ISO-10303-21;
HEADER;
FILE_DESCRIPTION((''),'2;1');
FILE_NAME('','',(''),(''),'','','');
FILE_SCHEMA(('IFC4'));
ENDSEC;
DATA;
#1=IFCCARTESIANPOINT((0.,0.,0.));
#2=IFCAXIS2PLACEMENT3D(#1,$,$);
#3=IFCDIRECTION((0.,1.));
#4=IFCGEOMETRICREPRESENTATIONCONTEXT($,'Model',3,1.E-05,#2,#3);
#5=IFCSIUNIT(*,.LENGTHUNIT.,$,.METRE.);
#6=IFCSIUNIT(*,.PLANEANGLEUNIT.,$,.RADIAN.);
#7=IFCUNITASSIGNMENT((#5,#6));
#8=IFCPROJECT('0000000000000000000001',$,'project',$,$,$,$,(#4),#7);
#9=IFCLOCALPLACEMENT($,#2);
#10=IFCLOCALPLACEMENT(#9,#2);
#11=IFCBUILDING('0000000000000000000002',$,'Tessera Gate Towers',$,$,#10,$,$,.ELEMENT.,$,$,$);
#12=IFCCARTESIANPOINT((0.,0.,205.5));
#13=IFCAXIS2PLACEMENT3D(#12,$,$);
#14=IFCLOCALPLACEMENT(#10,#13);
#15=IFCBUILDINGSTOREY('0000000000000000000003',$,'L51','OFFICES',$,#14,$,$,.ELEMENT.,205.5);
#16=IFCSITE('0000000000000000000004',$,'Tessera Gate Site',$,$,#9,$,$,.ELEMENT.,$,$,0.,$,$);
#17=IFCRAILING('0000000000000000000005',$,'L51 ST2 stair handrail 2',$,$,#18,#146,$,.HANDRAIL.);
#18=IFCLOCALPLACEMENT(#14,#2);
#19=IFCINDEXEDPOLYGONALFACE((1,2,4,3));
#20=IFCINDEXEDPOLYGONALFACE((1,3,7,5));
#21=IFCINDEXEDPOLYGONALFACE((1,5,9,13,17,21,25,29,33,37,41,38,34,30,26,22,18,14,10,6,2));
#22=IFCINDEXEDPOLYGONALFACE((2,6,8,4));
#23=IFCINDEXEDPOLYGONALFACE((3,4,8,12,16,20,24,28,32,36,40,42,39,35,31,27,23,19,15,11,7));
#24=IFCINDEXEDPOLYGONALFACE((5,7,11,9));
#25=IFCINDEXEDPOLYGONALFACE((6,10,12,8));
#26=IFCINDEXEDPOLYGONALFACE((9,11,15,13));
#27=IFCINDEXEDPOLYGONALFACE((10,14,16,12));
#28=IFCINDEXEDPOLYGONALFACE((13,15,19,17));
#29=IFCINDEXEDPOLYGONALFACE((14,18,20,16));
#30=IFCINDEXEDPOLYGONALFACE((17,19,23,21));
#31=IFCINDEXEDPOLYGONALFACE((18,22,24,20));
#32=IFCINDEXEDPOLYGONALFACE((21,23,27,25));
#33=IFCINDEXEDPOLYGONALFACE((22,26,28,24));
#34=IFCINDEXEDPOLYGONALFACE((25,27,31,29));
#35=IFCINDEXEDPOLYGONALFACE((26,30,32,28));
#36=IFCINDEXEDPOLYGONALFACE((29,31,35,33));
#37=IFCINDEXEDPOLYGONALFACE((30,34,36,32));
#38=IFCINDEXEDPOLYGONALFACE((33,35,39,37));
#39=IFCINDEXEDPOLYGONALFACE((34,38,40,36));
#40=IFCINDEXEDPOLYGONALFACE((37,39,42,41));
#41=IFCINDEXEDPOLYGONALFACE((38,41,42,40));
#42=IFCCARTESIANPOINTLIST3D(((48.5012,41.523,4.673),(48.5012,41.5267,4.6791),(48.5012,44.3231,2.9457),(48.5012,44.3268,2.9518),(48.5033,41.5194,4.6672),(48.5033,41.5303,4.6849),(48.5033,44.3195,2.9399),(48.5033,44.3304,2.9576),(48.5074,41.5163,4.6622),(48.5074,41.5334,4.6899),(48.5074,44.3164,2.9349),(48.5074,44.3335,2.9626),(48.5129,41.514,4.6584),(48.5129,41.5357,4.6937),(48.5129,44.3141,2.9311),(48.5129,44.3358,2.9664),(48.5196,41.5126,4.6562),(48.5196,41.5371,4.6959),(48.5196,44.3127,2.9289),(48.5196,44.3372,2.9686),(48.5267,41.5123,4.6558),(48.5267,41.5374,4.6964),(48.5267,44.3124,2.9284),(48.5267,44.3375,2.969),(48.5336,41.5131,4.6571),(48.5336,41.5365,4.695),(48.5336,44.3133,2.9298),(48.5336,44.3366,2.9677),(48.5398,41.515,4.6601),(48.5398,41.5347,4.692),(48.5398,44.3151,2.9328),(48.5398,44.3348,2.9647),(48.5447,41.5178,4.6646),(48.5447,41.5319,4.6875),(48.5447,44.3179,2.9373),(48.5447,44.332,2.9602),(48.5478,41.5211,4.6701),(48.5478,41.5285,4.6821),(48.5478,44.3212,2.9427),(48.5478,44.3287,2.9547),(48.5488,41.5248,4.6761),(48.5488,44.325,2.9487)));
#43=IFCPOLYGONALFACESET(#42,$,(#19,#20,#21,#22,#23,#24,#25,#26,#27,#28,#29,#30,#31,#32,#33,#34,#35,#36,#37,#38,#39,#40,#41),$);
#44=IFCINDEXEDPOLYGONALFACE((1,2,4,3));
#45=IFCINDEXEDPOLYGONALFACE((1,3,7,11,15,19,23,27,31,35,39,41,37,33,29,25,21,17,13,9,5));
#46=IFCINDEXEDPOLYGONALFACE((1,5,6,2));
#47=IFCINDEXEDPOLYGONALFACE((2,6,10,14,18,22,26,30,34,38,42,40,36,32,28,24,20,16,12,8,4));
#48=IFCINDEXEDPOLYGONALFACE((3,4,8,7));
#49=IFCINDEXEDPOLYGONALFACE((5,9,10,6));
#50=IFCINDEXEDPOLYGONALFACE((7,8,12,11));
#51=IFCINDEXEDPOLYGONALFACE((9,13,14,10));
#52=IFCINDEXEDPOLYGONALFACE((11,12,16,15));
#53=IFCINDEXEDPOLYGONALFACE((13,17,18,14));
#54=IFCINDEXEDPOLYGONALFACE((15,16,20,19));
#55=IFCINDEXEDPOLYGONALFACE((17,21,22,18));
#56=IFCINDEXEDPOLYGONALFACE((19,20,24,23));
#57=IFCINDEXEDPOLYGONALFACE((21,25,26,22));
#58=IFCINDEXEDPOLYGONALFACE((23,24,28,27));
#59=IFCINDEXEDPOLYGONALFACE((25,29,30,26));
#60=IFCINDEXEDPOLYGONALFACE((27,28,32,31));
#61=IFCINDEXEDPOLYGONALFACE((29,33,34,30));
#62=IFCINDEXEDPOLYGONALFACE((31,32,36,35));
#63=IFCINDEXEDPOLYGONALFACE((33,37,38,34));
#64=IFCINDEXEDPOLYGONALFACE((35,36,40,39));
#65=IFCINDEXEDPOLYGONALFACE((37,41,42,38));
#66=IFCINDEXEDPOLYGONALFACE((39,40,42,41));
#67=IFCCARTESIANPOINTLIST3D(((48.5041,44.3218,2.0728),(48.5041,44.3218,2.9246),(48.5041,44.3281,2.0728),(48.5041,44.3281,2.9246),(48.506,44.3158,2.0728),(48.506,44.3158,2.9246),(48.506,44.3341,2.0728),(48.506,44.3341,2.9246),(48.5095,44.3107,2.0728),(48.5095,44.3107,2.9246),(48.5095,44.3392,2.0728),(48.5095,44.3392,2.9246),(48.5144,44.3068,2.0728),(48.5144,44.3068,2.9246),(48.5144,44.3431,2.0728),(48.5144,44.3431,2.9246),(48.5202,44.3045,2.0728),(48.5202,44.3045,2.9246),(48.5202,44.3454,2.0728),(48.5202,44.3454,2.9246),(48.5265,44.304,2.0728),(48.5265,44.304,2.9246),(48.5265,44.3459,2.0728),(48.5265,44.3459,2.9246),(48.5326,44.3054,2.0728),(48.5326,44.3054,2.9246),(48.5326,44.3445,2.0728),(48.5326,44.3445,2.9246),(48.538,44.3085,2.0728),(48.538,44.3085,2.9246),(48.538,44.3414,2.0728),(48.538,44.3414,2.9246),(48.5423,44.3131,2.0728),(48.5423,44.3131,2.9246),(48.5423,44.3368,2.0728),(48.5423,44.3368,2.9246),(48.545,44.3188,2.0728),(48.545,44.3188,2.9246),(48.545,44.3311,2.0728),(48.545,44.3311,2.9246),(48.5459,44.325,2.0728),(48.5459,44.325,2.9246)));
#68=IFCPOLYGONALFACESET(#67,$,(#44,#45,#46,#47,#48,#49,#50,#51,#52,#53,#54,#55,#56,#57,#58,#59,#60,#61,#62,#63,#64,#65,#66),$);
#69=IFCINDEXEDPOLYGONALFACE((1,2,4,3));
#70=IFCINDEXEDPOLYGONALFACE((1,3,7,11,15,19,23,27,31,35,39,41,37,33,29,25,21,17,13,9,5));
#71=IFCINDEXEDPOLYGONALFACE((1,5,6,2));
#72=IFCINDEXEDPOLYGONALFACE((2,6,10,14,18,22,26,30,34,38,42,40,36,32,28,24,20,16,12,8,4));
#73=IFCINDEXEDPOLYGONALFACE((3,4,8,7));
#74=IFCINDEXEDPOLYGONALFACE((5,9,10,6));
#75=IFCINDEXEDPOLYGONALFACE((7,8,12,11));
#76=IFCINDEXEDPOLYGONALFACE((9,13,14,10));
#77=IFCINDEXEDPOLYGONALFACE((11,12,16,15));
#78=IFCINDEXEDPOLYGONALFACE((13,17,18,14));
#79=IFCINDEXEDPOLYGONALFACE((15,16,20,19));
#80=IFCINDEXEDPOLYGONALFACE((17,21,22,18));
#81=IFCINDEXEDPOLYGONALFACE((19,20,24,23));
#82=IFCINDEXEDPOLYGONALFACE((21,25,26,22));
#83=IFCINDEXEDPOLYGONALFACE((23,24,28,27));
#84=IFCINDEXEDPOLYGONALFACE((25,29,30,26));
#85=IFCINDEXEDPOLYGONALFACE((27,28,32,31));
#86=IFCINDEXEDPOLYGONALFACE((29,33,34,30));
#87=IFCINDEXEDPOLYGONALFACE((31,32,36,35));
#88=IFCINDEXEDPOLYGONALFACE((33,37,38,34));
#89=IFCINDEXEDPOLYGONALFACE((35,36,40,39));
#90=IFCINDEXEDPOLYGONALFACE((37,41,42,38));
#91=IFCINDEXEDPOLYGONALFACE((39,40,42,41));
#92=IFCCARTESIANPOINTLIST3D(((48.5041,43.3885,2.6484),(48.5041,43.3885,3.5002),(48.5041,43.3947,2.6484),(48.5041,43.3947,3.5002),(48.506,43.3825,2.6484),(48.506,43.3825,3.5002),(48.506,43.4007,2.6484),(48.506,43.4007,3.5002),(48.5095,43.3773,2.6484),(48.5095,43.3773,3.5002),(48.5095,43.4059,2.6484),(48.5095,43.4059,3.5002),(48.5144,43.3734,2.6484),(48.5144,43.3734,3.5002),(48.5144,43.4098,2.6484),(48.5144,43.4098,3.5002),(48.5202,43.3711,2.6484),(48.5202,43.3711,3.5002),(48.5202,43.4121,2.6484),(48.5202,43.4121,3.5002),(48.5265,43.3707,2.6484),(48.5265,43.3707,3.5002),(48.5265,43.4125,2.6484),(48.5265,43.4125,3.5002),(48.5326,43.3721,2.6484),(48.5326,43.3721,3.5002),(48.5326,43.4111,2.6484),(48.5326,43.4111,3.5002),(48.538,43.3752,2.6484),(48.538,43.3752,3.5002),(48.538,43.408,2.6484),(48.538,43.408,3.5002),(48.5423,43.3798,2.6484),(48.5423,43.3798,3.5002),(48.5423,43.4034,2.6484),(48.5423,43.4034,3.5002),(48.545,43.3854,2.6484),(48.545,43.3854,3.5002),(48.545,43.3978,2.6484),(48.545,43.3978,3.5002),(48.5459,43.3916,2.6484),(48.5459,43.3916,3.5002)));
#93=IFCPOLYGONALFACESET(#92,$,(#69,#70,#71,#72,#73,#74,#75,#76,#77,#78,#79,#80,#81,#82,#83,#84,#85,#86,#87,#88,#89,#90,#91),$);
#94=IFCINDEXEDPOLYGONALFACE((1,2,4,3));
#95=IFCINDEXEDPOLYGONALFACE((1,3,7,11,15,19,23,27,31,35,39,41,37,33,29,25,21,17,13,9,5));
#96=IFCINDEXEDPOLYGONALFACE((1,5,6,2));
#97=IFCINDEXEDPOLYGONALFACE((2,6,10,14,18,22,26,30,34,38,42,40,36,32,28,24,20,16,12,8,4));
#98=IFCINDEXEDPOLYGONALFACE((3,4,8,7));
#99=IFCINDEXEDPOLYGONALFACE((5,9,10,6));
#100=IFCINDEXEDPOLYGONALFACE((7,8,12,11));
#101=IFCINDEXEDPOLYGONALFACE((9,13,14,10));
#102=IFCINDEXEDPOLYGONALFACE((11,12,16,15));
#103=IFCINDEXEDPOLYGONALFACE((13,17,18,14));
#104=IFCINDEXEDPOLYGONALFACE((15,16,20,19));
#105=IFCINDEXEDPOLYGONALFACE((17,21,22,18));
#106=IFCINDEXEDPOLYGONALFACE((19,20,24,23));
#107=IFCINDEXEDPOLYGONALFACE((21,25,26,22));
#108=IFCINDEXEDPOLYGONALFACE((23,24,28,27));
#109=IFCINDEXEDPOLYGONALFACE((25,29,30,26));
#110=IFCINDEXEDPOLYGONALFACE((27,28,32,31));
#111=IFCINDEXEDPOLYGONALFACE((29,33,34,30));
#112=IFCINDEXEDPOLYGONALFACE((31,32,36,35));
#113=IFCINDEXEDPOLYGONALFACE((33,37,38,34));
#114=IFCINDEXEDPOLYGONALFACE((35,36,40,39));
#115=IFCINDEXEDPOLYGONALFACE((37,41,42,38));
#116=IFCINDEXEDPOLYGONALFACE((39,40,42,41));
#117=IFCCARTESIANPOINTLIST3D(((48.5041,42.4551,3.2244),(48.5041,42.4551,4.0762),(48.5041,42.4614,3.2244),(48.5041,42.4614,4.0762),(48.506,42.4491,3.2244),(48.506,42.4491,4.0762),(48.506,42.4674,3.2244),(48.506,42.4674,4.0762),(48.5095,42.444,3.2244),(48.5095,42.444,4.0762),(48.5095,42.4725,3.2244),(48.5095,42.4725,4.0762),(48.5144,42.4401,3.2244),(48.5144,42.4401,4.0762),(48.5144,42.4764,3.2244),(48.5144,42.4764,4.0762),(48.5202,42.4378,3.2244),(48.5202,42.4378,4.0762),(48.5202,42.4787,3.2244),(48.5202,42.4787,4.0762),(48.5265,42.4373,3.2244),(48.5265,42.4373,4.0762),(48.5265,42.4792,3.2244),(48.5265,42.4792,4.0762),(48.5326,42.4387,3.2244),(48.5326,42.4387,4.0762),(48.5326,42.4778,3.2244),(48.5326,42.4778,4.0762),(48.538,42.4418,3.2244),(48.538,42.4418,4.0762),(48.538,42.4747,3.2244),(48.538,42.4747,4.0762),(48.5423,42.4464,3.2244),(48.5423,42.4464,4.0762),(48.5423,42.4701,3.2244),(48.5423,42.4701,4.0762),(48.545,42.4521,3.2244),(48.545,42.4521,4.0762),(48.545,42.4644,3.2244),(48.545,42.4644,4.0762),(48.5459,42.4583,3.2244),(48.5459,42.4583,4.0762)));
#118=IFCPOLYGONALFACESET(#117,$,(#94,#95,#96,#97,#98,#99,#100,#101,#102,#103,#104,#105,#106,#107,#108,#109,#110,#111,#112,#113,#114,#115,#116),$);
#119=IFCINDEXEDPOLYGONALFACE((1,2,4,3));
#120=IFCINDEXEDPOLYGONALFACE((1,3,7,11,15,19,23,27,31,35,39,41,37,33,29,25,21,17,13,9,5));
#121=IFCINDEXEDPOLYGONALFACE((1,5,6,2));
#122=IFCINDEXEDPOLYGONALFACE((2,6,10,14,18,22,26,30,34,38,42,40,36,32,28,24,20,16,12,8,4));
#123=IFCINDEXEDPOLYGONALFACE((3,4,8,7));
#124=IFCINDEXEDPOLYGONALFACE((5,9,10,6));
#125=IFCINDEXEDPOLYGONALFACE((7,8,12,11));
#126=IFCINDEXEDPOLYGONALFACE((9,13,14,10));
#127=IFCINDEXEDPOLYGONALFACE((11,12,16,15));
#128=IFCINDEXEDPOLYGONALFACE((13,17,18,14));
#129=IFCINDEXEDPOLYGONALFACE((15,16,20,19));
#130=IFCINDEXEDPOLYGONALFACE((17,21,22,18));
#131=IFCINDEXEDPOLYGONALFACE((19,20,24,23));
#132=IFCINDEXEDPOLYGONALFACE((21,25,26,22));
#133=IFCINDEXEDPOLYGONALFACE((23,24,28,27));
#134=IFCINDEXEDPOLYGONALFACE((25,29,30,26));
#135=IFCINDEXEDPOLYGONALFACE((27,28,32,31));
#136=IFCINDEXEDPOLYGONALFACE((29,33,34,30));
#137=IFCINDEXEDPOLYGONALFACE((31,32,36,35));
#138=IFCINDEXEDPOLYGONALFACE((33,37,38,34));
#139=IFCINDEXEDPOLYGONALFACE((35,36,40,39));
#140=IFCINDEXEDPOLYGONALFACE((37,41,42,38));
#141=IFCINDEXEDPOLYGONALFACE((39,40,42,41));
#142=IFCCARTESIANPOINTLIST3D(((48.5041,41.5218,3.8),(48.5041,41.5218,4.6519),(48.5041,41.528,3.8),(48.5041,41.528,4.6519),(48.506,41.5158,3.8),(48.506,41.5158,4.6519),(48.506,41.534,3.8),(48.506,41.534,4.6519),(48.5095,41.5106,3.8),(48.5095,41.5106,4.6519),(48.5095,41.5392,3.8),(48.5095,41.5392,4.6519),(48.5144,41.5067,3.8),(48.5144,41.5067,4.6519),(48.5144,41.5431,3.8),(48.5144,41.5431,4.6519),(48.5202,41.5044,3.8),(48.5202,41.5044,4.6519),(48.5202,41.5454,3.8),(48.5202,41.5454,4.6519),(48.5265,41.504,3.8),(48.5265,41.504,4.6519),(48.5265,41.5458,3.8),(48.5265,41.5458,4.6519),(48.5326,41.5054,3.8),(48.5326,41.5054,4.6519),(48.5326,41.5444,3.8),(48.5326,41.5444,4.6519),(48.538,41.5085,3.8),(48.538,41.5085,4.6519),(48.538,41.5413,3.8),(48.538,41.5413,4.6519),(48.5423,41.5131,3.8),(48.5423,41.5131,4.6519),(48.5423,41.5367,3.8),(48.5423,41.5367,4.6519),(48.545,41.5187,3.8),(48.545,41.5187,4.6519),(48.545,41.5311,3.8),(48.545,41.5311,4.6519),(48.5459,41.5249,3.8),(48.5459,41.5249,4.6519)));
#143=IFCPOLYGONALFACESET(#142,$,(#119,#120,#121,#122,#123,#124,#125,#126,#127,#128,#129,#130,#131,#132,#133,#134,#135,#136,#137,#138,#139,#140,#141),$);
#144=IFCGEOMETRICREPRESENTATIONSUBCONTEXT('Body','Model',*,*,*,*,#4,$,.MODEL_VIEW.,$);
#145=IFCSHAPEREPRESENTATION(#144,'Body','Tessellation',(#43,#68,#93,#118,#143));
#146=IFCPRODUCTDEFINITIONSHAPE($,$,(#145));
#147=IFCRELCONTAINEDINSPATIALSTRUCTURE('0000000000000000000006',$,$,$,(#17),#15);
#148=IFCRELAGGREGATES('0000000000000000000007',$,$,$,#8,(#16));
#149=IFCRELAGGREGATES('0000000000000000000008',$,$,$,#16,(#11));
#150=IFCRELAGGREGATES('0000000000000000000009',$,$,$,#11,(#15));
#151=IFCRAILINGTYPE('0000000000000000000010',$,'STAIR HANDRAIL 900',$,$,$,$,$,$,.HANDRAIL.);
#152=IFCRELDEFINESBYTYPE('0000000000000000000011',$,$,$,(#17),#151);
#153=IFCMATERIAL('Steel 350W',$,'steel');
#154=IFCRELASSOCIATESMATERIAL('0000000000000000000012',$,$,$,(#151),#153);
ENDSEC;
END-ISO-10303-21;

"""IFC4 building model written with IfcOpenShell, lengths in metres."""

from ifc_helpers import new_model, si_unit, direction, frame, origin, origin_2d, place, context, subcontext, project, spatial, circle, extrude, material, type_object, element, save


model = new_model("IFC4")

# Units and contexts
model_context = context("Model", 3, precision=1e-05, world=origin(), true_north=direction((0.0, 1.0)))
body_context = subcontext(model_context, "Body", "Model", "MODEL_VIEW")
ifc_project = project(units=[si_unit("LENGTHUNIT", "METRE"), si_unit("PLANEANGLEUNIT", "RADIAN")], contexts=[model_context])

# Site, building, storey
site_placement = place(None, origin())
site = spatial("IfcSite", under=ifc_project, at=site_placement, Name="Tessera Gate Site", CompositionType="ELEMENT", RefElevation=0.0)
building_placement = place(site_placement, origin())
building = spatial("IfcBuilding", under=site, at=building_placement, Name="Tessera Gate Towers", CompositionType="ELEMENT")
storey_placement = place(building_placement, frame((0.0, 0.0, 205.5)))
storey = spatial("IfcBuildingStorey", under=building, at=storey_placement, Name="L51", Description="OFFICES", CompositionType="ELEMENT", Elevation=205.5)

# Railing
ifc_material_1 = material(Name="Steel 350W", Category="steel")
railing_type_1 = type_object("IfcRailingType", Name="STAIR HANDRAIL 900", PredefinedType="HANDRAIL", material=ifc_material_1)
railing_1_placement = place(storey_placement, frame((48.5249, 44.325, 2.0728)))
element("IfcRailing", 1, at=railing_1_placement, inside=storey, type_object=railing_type_1, Name="L51 ST2 stair handrail 2", PredefinedType="HANDRAIL", context=body_context, shape_type="SweptSolid", body=[
    extrude(circle(Radius=0.0239, at=origin_2d()), frame((0.0, 0.0, 0.876), z_axis=(0.0, -0.85109, 0.52502), x_axis=(1.0, 0.0, 0.0)), (0.0, 0.0, 1.0), 3.29),
    extrude(circle(Radius=0.021, at=origin_2d()), origin(), (0.0, 0.0, 1.0), 0.8518),
    extrude(circle(Radius=0.021, at=origin_2d()), frame((0.0, -0.9333, 0.5757)), (0.0, 0.0, 1.0), 0.8518),
    extrude(circle(Radius=0.021, at=origin_2d()), frame((0.0, -1.8667, 1.1516)), (0.0, 0.0, 1.0), 0.8518),
    extrude(circle(Radius=0.021, at=origin_2d()), frame((0.0, -2.8, 1.7273)), (0.0, 0.0, 1.0), 0.8518),
])

save(model, "model.ifc")
